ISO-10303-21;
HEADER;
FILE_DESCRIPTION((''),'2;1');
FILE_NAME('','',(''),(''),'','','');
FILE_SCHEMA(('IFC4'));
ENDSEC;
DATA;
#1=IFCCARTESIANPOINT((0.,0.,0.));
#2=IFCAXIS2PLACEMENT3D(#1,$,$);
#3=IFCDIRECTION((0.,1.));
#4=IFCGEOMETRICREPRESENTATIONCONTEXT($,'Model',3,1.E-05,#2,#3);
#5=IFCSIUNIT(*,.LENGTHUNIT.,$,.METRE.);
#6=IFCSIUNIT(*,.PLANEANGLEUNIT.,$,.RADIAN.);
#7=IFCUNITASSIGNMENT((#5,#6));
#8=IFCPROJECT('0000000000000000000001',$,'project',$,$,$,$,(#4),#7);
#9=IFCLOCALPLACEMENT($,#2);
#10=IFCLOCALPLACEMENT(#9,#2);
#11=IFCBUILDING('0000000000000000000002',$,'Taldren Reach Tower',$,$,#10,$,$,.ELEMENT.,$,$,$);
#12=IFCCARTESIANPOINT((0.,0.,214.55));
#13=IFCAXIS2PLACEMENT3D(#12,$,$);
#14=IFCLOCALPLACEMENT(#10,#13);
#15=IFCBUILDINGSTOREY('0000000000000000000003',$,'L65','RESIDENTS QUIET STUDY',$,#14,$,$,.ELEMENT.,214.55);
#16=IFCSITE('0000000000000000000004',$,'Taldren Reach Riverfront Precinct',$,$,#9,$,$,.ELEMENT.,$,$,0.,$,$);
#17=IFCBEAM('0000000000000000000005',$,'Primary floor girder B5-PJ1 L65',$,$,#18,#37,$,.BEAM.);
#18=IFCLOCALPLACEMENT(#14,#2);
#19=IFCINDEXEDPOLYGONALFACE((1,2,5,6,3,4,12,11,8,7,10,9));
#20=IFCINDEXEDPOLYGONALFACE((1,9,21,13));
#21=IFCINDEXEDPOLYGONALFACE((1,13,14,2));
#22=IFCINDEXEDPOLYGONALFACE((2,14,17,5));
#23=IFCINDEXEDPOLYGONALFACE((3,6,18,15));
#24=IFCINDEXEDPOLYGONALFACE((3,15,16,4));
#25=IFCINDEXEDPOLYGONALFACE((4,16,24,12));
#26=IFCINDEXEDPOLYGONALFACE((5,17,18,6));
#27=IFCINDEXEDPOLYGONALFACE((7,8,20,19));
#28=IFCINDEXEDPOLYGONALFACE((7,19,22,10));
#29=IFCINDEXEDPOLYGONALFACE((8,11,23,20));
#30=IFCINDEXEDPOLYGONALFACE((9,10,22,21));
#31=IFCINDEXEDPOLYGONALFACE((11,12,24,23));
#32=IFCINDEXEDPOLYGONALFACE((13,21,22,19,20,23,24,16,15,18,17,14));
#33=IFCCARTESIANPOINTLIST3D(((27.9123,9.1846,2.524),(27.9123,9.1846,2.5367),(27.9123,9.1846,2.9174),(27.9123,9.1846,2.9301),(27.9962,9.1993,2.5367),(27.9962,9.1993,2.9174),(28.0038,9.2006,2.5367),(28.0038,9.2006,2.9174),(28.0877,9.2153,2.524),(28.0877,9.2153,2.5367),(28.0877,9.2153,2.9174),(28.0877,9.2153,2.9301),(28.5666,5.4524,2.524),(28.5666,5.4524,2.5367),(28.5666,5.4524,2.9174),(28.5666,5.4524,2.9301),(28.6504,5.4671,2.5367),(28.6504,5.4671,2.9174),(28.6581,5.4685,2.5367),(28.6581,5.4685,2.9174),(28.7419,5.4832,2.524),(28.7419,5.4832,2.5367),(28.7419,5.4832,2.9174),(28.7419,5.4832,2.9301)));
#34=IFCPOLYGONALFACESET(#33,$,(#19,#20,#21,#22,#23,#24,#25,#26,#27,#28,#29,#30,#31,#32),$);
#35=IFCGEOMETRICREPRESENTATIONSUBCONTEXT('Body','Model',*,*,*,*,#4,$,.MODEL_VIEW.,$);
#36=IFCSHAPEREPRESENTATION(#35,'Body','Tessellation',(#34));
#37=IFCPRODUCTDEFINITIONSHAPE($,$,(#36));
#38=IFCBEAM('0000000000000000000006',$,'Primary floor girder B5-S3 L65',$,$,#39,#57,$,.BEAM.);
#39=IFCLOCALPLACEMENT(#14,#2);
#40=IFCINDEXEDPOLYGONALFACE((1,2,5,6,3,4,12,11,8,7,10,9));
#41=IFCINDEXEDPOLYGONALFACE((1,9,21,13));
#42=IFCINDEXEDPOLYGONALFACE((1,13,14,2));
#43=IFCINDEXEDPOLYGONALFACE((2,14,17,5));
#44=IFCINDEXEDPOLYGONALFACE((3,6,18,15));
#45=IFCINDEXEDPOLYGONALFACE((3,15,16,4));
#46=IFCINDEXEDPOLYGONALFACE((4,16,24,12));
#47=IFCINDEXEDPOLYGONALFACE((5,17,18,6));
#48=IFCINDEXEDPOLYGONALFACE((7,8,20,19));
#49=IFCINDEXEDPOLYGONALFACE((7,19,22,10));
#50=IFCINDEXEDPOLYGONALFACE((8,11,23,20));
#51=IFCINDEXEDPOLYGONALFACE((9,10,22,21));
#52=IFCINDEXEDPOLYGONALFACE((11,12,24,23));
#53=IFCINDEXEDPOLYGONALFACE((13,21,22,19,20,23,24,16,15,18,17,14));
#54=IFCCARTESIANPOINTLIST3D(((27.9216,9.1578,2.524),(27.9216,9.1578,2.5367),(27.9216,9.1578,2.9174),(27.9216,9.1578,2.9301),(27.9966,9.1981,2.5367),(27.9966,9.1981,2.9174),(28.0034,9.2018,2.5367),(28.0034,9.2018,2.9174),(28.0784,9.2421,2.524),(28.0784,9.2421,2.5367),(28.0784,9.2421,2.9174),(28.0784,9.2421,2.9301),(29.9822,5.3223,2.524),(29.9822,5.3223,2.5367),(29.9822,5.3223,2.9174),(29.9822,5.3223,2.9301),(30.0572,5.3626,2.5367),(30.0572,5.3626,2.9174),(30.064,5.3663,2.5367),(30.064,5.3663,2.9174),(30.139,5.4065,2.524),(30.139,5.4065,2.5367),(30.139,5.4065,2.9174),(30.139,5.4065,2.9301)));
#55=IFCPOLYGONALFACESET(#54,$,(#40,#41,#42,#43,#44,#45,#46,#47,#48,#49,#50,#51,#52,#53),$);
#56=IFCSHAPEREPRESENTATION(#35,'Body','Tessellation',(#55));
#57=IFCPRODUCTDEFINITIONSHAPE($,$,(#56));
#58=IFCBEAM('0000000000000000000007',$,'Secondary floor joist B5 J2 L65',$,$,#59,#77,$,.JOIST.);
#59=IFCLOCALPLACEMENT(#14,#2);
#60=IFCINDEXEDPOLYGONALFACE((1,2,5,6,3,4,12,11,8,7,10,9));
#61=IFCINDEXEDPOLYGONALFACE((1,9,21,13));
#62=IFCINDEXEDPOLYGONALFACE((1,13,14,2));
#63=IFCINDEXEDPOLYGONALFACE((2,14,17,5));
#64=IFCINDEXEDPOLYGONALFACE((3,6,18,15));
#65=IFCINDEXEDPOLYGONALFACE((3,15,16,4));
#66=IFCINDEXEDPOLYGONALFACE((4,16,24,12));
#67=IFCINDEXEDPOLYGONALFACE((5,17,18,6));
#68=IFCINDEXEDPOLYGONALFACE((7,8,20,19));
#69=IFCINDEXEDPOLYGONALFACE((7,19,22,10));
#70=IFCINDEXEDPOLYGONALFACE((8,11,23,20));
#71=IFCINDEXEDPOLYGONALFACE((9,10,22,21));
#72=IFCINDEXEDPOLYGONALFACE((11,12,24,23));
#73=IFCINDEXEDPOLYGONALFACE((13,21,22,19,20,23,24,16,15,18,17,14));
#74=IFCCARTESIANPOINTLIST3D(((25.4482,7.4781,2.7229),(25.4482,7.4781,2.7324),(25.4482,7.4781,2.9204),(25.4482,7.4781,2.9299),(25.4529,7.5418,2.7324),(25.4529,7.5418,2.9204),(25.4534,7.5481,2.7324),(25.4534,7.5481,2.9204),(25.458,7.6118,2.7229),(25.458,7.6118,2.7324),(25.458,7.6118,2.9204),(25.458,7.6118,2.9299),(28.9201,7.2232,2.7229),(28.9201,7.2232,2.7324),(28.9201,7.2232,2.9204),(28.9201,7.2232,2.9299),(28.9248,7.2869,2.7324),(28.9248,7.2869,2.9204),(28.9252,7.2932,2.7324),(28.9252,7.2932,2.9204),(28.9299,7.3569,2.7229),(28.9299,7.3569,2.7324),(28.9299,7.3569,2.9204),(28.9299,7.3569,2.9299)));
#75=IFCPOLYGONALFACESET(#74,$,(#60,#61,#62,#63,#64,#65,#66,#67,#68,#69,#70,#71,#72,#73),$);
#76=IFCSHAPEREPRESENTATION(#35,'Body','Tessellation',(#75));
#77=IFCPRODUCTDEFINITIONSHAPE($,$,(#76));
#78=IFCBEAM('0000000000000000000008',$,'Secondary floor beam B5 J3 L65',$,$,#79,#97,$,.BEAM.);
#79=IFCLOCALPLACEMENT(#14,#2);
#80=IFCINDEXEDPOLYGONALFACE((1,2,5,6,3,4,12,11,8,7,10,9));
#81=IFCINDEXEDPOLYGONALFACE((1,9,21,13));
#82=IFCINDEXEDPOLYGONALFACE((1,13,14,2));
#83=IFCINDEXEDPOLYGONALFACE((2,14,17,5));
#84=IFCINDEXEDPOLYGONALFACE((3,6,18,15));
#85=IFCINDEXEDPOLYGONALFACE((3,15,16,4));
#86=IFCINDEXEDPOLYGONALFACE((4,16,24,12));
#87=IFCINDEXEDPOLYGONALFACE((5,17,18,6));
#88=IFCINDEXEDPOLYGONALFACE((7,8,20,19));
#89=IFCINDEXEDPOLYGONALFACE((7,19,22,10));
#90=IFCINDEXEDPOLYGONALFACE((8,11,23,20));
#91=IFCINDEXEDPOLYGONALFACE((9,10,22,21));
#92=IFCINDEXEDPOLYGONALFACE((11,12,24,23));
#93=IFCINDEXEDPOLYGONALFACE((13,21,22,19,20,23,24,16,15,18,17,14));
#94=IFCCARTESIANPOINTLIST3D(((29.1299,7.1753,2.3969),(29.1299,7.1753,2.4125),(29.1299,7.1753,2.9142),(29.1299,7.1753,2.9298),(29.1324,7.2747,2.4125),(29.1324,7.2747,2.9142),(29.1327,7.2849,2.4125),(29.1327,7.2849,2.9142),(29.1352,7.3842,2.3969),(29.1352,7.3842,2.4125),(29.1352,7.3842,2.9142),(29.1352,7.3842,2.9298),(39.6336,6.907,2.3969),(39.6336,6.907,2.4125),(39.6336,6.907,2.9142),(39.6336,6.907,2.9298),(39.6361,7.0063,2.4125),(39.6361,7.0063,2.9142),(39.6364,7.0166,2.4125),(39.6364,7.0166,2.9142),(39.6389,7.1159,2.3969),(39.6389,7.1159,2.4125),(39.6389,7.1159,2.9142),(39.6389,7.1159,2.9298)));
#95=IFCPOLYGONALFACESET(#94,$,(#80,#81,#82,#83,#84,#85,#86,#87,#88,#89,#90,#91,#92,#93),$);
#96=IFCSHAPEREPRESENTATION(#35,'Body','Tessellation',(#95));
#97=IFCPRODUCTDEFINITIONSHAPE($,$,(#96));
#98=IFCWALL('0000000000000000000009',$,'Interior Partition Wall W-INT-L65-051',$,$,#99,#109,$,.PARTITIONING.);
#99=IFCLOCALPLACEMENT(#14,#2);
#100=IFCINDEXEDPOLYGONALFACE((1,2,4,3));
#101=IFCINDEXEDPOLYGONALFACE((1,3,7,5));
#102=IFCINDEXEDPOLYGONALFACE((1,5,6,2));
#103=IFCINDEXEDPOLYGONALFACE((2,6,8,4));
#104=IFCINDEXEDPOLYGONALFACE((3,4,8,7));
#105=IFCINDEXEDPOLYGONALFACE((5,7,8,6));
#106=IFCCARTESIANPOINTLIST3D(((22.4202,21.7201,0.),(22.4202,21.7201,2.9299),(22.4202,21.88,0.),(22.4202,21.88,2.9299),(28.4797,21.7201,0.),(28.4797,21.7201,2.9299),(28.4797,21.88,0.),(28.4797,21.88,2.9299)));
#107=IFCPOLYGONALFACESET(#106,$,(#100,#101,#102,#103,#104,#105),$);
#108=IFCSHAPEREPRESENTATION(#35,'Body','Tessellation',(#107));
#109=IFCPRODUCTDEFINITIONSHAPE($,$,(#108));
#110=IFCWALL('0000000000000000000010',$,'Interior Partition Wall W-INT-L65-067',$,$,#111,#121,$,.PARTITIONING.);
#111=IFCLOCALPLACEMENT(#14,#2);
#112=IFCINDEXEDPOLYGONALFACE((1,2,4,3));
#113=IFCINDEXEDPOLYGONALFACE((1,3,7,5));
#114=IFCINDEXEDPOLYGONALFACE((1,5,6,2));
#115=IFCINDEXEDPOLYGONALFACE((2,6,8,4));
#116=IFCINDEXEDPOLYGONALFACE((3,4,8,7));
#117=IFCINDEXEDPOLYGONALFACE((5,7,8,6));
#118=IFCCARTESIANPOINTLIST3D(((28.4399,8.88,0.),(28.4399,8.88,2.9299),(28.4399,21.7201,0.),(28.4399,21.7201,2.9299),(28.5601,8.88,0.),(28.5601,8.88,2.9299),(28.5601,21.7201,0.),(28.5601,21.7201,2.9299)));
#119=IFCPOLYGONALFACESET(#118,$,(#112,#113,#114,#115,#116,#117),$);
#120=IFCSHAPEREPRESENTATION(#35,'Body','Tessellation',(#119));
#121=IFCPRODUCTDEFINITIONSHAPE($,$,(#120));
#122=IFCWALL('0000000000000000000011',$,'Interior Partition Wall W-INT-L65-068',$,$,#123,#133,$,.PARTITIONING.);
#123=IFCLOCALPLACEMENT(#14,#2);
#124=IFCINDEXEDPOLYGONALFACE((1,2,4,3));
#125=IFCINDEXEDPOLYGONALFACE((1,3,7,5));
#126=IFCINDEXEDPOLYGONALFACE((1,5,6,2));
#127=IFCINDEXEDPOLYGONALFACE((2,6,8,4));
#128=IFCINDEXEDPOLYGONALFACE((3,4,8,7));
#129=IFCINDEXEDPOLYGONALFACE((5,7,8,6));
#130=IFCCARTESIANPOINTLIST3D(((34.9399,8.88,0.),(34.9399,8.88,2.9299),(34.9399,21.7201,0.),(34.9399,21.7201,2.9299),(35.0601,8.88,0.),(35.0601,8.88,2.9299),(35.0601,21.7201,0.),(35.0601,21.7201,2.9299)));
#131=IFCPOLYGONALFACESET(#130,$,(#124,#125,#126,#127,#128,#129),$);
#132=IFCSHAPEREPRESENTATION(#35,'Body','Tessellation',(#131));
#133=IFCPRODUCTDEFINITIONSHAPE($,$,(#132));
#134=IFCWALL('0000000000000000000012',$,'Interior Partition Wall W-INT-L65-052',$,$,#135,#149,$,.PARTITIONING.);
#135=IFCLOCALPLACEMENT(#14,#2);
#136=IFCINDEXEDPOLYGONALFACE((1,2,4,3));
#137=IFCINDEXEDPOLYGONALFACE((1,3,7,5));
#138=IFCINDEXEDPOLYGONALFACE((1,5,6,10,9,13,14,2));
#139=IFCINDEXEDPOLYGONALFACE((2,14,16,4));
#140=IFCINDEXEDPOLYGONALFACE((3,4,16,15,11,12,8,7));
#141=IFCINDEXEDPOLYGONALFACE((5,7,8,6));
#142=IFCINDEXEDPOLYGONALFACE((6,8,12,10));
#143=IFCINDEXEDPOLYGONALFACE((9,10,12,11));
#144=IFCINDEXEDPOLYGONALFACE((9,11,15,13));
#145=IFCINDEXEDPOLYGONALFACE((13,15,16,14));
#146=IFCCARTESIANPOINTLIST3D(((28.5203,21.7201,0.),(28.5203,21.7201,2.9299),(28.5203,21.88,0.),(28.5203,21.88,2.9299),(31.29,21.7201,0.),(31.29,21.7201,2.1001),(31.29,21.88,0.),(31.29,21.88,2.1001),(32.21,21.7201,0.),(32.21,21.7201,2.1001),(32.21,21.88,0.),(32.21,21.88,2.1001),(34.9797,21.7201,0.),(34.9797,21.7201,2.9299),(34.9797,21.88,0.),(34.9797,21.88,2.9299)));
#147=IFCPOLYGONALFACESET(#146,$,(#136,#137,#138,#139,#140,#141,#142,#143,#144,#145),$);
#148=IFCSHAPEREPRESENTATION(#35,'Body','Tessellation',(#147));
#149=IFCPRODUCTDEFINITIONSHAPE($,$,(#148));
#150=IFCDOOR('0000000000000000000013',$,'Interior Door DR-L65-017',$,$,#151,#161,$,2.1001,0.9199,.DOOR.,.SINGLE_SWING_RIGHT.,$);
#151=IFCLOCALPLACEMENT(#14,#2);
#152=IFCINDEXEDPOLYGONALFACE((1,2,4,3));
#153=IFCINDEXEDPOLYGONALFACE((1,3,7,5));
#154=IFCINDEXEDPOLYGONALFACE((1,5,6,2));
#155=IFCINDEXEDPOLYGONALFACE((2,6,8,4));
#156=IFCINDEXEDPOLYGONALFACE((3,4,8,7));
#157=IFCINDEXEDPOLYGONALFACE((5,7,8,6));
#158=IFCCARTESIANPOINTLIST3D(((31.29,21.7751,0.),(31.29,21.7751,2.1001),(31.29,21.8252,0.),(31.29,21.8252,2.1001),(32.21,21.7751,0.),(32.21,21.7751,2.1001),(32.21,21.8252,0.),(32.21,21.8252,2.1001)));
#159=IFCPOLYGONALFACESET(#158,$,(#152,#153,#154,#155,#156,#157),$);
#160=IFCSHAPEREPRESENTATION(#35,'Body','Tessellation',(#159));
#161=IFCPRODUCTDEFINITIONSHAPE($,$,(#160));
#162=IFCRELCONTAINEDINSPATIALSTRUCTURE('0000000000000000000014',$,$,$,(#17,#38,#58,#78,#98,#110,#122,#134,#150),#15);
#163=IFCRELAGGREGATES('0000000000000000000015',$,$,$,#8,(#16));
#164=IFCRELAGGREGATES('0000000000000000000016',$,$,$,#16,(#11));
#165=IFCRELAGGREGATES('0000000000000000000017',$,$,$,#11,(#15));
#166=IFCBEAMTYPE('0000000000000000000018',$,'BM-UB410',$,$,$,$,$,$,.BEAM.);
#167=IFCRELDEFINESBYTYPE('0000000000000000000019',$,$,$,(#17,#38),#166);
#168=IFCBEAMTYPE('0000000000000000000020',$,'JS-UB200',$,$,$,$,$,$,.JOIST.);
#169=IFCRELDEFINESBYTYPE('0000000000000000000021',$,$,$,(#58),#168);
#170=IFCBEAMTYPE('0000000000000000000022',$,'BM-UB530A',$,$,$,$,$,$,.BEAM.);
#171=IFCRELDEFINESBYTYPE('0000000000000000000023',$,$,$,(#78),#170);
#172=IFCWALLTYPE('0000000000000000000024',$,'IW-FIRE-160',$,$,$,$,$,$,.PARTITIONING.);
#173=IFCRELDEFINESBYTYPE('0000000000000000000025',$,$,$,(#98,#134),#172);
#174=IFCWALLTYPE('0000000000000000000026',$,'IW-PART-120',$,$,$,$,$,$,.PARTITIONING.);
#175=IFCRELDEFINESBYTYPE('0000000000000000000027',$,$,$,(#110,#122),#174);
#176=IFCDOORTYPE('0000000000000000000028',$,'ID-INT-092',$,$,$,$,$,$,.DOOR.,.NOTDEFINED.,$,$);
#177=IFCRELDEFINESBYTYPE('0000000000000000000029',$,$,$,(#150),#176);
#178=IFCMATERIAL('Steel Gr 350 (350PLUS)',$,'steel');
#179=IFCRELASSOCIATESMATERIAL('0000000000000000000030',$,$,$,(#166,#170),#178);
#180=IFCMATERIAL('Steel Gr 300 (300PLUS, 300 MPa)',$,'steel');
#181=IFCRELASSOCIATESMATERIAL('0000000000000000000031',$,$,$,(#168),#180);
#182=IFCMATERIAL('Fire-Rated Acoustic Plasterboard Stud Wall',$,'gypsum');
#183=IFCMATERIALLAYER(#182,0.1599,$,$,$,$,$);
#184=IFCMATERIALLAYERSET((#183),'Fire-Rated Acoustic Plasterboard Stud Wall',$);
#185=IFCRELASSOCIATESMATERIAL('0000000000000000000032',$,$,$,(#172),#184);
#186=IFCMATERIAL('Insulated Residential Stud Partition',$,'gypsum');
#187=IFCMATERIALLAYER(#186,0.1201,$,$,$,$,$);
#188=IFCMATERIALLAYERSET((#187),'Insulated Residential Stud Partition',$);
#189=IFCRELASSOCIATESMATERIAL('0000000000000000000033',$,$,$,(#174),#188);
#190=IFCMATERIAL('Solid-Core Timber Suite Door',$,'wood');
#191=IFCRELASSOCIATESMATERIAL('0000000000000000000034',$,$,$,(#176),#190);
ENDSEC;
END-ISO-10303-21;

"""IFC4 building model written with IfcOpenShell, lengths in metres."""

from ifc_helpers import new_model, si_unit, direction, frame, frame_2d, origin, origin_2d, place, context, subcontext, project, spatial, rectangle, i_section, extrude, source, transform, mapped, material, layer, layer_set, material_profile, profile_set, type_object, element, fill, save


model = new_model("IFC4")

# Units and contexts
model_context = context("Model", 3, precision=1e-05, world=origin(), true_north=direction((0.0, 1.0)))
body_context = subcontext(model_context, "Body", "Model", "MODEL_VIEW")
ifc_project = project(units=[si_unit("LENGTHUNIT", "METRE"), si_unit("PLANEANGLEUNIT", "RADIAN")], contexts=[model_context])

# Site, building, storey
site_placement = place(None, origin())
site = spatial("IfcSite", under=ifc_project, at=site_placement, Name="Taldren Reach Riverfront Precinct", CompositionType="ELEMENT", RefElevation=0.0)
building_placement = place(site_placement, origin())
building = spatial("IfcBuilding", under=site, at=building_placement, Name="Taldren Reach Tower", CompositionType="ELEMENT")
storey_placement = place(building_placement, frame((0.0, 0.0, 214.55)))
storey = spatial("IfcBuildingStorey", under=building, at=storey_placement, Name="L65", Description="RESIDENTS QUIET STUDY", CompositionType="ELEMENT", Elevation=214.55)

# Shared definitions
ifc_material_1 = material(Name="Steel Gr 350 (350PLUS)", Category="steel")

# Beams
ifc_material_profile_1 = material_profile(ifc_material_1, i_section(OverallWidth=0.178, OverallDepth=0.406, WebThickness=0.0078, FlangeThickness=0.0127, at=origin_2d()), Name="410UB59.7")
ifc_profile_set_1 = profile_set([ifc_material_profile_1], Name="Steel Gr 350 (350PLUS)")
beam_type_1 = type_object("IfcBeamType", Name="BM-UB410", PredefinedType="BEAM", material=ifc_profile_set_1)
shared_shape_1 = source(origin(), body_context, "Body", "SweptSolid", [
    extrude(i_section(OverallWidth=0.178, OverallDepth=0.406, WebThickness=0.0078, FlangeThickness=0.0127, at=origin_2d()), origin(), (0.0, 0.0, 1.0), 3.7891),
])
beam_1_placement = place(storey_placement, frame((28.0, 9.2, 2.7271), z_axis=(0.172679, -0.984978, 0.0), x_axis=(0.984978, 0.172679, 0.0)))
element("IfcBeam", 1, at=beam_1_placement, inside=storey, type_object=beam_type_1, Name="Primary floor girder B5-PJ1 L65", PredefinedType="BEAM", context=body_context, shape_type="MappedRepresentation", body=[
    mapped(shared_shape_1, transform((0.0, 0.0, 0.0), scale=1.0)),
])
shared_shape_2 = source(origin(), body_context, "Body", "SweptSolid", [
    extrude(i_section(OverallWidth=0.178, OverallDepth=0.406, WebThickness=0.0078, FlangeThickness=0.0127, at=origin_2d()), origin(), (0.0, 0.0, 1.0), 4.354),
])
beam_2_placement = place(storey_placement, frame((28.0, 9.2, 2.7271), z_axis=(0.473264, -0.880921, 0.0), x_axis=(0.880921, 0.473264, 0.0)))
element("IfcBeam", 2, at=beam_2_placement, inside=storey, type_object=beam_type_1, Name="Primary floor girder B5-S3 L65", PredefinedType="BEAM", context=body_context, shape_type="MappedRepresentation", body=[
    mapped(shared_shape_2, transform((0.0, 0.0, 0.0), scale=1.0)),
])
ifc_material_2 = material(Name="Steel Gr 300 (300PLUS, 300 MPa)", Category="steel")
ifc_material_profile_2 = material_profile(ifc_material_2, i_section(OverallWidth=0.134, OverallDepth=0.207, WebThickness=0.0063, FlangeThickness=0.0095, at=origin_2d()), Name="200UB29.8")
ifc_profile_set_2 = profile_set([ifc_material_profile_2], Name="Steel Gr 300 (300PLUS, 300 MPa)")
beam_type_2 = type_object("IfcBeamType", Name="JS-UB200", PredefinedType="JOIST", material=ifc_profile_set_2)
shared_shape_3 = source(origin(), body_context, "Body", "SweptSolid", [
    extrude(i_section(OverallWidth=0.134, OverallDepth=0.207, WebThickness=0.0063, FlangeThickness=0.0095, at=origin_2d()), origin(), (0.0, 0.0, 1.0), 3.4812),
])
beam_3_placement = place(storey_placement, frame((25.4531, 7.5449, 2.8264), z_axis=(0.997316, -0.073216, 0.0), x_axis=(0.073216, 0.997316, 0.0)))
element("IfcBeam", 3, at=beam_3_placement, inside=storey, type_object=beam_type_2, Name="Secondary floor joist B5 J2 L65", PredefinedType="JOIST", context=body_context, shape_type="MappedRepresentation", body=[
    mapped(shared_shape_3, transform((0.0, 0.0, 0.0), scale=1.0)),
])
ifc_material_profile_3 = material_profile(ifc_material_1, i_section(OverallWidth=0.209, OverallDepth=0.533, WebThickness=0.0103, FlangeThickness=0.0156, at=origin_2d()), Name="530UB92.4")
ifc_profile_set_3 = profile_set([ifc_material_profile_3], Name="Steel Gr 350 (350PLUS)")
beam_type_3 = type_object("IfcBeamType", Name="BM-UB530A", PredefinedType="BEAM", material=ifc_profile_set_3)
shared_shape_4 = source(origin(), body_context, "Body", "SweptSolid", [
    extrude(i_section(OverallWidth=0.209, OverallDepth=0.533, WebThickness=0.0103, FlangeThickness=0.0156, at=origin_2d()), origin(), (0.0, 0.0, 1.0), 10.5071),
])
beam_4_placement = place(storey_placement, frame((29.1326, 7.2798, 2.6633), z_axis=(0.999674, -0.025536, 0.0), x_axis=(0.025536, 0.999674, 0.0)))
element("IfcBeam", 4, at=beam_4_placement, inside=storey, type_object=beam_type_3, Name="Secondary floor beam B5 J3 L65", PredefinedType="BEAM", context=body_context, shape_type="MappedRepresentation", body=[
    mapped(shared_shape_4, transform((0.0, 0.0, 0.0), scale=1.0)),
])

# Walls
ifc_material_3 = material(Name="Fire-Rated Acoustic Plasterboard Stud Wall", Category="gypsum")
ifc_layer_1 = layer(ifc_material_3, 0.1599)
ifc_layer_set_1 = layer_set([ifc_layer_1], Name="Fire-Rated Acoustic Plasterboard Stud Wall")
wall_type_1 = type_object("IfcWallType", Name="IW-FIRE-160", PredefinedType="PARTITIONING", material=ifc_layer_set_1)
shared_shape_5 = source(origin(), body_context, "Body", "SweptSolid", [
    extrude(rectangle(XDim=6.0596, YDim=0.1599, at=frame_2d((3.0298, 0.0))), origin(), (0.0, 0.0, 1.0), 2.9299),
])
wall_1_placement = place(storey_placement, frame((28.4797, 21.8, 0.0), z_axis=(0.0, 0.0, 1.0), x_axis=(-1.0, 0.0, 0.0)))
element("IfcWall", 5, at=wall_1_placement, inside=storey, type_object=wall_type_1, Name="Interior Partition Wall W-INT-L65-051", PredefinedType="PARTITIONING", context=body_context, shape_type="MappedRepresentation", body=[
    mapped(shared_shape_5, transform((0.0, 0.0, 0.0), scale=1.0)),
])
ifc_material_4 = material(Name="Insulated Residential Stud Partition", Category="gypsum")
ifc_layer_2 = layer(ifc_material_4, 0.1201)
ifc_layer_set_2 = layer_set([ifc_layer_2], Name="Insulated Residential Stud Partition")
wall_type_2 = type_object("IfcWallType", Name="IW-PART-120", PredefinedType="PARTITIONING", material=ifc_layer_set_2)
shared_shape_6 = source(origin(), body_context, "Body", "SweptSolid", [
    extrude(rectangle(XDim=12.8401, YDim=0.1201, at=frame_2d((6.4199, 0.0))), origin(), (0.0, 0.0, 1.0), 2.9299),
])
for number, where, z_axis, x_axis, name in (
    (6, (28.5, 21.72, 0.0), (0.0, 0.0, 1.0), (0.0, -1.0, 0.0), "Interior Partition Wall W-INT-L65-067"),
    (7, (35.0, 21.72, 0.0), (0.0, 0.0, 1.0), (0.0, -1.0, 0.0), "Interior Partition Wall W-INT-L65-068"),
):
    element("IfcWall", number, at=place(storey_placement, frame(where, z_axis=z_axis, x_axis=x_axis)), inside=storey, type_object=wall_type_2, Name=name, PredefinedType="PARTITIONING", context=body_context, shape_type="MappedRepresentation", body=[
        mapped(shared_shape_6, transform((0.0, 0.0, 0.0), scale=1.0)),
    ])

# Wall, opening, door
shared_shape_7 = source(origin(), body_context, "Body", "SweptSolid", [
    extrude(rectangle(XDim=6.4595, YDim=0.1599, at=frame_2d((3.2297, 0.0))), origin(), (0.0, 0.0, 1.0), 2.9299),
])
wall_2_placement = place(storey_placement, frame((34.9797, 21.8, 0.0), z_axis=(0.0, 0.0, 1.0), x_axis=(-1.0, 0.0, 0.0)))
wall_2 = element("IfcWall", 8, at=wall_2_placement, inside=storey, type_object=wall_type_1, Name="Interior Partition Wall W-INT-L65-052", PredefinedType="PARTITIONING", context=body_context, shape_type="MappedRepresentation", body=[
    mapped(shared_shape_7, transform((0.0, 0.0, 0.0), scale=1.0)),
])
shared_shape_8 = source(origin(), body_context, "Body", "SweptSolid", [
    extrude(rectangle(XDim=0.9199, YDim=2.1001, at=frame_2d((0.46, 1.05))), frame((0.0, 0.0898, 0.0), z_axis=(0.0, -1.0, 0.0), x_axis=(1.0, 0.0, 0.0)), (0.0, 0.0, 1.0), 0.1799),
])
opening_placement = place(wall_2_placement, frame((2.7698, 0.0, 0.0)))
opening = element("IfcOpeningElement", 9, at=opening_placement, cuts=wall_2, PredefinedType="OPENING", context=body_context, shape_type="MappedRepresentation", body=[
    mapped(shared_shape_8, transform((0.0, 0.0, 0.0), scale=1.0)),
])
ifc_material_5 = material(Name="Solid-Core Timber Suite Door", Category="wood")
door_type = type_object("IfcDoorType", Name="ID-INT-092", OperationType="NOTDEFINED", PredefinedType="DOOR", material=ifc_material_5)
shared_shape_9 = source(origin(), body_context, "Body", "SweptSolid", [
    extrude(rectangle(XDim=0.9199, YDim=2.1001, at=frame_2d((0.46, 1.05))), frame((0.0, 0.0249, 0.0), z_axis=(0.0, -1.0, 0.0), x_axis=(1.0, 0.0, 0.0)), (0.0, 0.0, 1.0), 0.05),
])
door_placement = place(opening_placement, origin())
door = element("IfcDoor", 10, at=door_placement, inside=storey, type_object=door_type, Name="Interior Door DR-L65-017", OperationType="SINGLE_SWING_RIGHT", OverallHeight=2.1001, OverallWidth=0.9199, PredefinedType="DOOR", context=body_context, shape_type="MappedRepresentation", body=[
    mapped(shared_shape_9, transform((0.0, 0.0, 0.0), scale=1.0)),
])
fill(opening, door)

save(model, "model.ifc")
